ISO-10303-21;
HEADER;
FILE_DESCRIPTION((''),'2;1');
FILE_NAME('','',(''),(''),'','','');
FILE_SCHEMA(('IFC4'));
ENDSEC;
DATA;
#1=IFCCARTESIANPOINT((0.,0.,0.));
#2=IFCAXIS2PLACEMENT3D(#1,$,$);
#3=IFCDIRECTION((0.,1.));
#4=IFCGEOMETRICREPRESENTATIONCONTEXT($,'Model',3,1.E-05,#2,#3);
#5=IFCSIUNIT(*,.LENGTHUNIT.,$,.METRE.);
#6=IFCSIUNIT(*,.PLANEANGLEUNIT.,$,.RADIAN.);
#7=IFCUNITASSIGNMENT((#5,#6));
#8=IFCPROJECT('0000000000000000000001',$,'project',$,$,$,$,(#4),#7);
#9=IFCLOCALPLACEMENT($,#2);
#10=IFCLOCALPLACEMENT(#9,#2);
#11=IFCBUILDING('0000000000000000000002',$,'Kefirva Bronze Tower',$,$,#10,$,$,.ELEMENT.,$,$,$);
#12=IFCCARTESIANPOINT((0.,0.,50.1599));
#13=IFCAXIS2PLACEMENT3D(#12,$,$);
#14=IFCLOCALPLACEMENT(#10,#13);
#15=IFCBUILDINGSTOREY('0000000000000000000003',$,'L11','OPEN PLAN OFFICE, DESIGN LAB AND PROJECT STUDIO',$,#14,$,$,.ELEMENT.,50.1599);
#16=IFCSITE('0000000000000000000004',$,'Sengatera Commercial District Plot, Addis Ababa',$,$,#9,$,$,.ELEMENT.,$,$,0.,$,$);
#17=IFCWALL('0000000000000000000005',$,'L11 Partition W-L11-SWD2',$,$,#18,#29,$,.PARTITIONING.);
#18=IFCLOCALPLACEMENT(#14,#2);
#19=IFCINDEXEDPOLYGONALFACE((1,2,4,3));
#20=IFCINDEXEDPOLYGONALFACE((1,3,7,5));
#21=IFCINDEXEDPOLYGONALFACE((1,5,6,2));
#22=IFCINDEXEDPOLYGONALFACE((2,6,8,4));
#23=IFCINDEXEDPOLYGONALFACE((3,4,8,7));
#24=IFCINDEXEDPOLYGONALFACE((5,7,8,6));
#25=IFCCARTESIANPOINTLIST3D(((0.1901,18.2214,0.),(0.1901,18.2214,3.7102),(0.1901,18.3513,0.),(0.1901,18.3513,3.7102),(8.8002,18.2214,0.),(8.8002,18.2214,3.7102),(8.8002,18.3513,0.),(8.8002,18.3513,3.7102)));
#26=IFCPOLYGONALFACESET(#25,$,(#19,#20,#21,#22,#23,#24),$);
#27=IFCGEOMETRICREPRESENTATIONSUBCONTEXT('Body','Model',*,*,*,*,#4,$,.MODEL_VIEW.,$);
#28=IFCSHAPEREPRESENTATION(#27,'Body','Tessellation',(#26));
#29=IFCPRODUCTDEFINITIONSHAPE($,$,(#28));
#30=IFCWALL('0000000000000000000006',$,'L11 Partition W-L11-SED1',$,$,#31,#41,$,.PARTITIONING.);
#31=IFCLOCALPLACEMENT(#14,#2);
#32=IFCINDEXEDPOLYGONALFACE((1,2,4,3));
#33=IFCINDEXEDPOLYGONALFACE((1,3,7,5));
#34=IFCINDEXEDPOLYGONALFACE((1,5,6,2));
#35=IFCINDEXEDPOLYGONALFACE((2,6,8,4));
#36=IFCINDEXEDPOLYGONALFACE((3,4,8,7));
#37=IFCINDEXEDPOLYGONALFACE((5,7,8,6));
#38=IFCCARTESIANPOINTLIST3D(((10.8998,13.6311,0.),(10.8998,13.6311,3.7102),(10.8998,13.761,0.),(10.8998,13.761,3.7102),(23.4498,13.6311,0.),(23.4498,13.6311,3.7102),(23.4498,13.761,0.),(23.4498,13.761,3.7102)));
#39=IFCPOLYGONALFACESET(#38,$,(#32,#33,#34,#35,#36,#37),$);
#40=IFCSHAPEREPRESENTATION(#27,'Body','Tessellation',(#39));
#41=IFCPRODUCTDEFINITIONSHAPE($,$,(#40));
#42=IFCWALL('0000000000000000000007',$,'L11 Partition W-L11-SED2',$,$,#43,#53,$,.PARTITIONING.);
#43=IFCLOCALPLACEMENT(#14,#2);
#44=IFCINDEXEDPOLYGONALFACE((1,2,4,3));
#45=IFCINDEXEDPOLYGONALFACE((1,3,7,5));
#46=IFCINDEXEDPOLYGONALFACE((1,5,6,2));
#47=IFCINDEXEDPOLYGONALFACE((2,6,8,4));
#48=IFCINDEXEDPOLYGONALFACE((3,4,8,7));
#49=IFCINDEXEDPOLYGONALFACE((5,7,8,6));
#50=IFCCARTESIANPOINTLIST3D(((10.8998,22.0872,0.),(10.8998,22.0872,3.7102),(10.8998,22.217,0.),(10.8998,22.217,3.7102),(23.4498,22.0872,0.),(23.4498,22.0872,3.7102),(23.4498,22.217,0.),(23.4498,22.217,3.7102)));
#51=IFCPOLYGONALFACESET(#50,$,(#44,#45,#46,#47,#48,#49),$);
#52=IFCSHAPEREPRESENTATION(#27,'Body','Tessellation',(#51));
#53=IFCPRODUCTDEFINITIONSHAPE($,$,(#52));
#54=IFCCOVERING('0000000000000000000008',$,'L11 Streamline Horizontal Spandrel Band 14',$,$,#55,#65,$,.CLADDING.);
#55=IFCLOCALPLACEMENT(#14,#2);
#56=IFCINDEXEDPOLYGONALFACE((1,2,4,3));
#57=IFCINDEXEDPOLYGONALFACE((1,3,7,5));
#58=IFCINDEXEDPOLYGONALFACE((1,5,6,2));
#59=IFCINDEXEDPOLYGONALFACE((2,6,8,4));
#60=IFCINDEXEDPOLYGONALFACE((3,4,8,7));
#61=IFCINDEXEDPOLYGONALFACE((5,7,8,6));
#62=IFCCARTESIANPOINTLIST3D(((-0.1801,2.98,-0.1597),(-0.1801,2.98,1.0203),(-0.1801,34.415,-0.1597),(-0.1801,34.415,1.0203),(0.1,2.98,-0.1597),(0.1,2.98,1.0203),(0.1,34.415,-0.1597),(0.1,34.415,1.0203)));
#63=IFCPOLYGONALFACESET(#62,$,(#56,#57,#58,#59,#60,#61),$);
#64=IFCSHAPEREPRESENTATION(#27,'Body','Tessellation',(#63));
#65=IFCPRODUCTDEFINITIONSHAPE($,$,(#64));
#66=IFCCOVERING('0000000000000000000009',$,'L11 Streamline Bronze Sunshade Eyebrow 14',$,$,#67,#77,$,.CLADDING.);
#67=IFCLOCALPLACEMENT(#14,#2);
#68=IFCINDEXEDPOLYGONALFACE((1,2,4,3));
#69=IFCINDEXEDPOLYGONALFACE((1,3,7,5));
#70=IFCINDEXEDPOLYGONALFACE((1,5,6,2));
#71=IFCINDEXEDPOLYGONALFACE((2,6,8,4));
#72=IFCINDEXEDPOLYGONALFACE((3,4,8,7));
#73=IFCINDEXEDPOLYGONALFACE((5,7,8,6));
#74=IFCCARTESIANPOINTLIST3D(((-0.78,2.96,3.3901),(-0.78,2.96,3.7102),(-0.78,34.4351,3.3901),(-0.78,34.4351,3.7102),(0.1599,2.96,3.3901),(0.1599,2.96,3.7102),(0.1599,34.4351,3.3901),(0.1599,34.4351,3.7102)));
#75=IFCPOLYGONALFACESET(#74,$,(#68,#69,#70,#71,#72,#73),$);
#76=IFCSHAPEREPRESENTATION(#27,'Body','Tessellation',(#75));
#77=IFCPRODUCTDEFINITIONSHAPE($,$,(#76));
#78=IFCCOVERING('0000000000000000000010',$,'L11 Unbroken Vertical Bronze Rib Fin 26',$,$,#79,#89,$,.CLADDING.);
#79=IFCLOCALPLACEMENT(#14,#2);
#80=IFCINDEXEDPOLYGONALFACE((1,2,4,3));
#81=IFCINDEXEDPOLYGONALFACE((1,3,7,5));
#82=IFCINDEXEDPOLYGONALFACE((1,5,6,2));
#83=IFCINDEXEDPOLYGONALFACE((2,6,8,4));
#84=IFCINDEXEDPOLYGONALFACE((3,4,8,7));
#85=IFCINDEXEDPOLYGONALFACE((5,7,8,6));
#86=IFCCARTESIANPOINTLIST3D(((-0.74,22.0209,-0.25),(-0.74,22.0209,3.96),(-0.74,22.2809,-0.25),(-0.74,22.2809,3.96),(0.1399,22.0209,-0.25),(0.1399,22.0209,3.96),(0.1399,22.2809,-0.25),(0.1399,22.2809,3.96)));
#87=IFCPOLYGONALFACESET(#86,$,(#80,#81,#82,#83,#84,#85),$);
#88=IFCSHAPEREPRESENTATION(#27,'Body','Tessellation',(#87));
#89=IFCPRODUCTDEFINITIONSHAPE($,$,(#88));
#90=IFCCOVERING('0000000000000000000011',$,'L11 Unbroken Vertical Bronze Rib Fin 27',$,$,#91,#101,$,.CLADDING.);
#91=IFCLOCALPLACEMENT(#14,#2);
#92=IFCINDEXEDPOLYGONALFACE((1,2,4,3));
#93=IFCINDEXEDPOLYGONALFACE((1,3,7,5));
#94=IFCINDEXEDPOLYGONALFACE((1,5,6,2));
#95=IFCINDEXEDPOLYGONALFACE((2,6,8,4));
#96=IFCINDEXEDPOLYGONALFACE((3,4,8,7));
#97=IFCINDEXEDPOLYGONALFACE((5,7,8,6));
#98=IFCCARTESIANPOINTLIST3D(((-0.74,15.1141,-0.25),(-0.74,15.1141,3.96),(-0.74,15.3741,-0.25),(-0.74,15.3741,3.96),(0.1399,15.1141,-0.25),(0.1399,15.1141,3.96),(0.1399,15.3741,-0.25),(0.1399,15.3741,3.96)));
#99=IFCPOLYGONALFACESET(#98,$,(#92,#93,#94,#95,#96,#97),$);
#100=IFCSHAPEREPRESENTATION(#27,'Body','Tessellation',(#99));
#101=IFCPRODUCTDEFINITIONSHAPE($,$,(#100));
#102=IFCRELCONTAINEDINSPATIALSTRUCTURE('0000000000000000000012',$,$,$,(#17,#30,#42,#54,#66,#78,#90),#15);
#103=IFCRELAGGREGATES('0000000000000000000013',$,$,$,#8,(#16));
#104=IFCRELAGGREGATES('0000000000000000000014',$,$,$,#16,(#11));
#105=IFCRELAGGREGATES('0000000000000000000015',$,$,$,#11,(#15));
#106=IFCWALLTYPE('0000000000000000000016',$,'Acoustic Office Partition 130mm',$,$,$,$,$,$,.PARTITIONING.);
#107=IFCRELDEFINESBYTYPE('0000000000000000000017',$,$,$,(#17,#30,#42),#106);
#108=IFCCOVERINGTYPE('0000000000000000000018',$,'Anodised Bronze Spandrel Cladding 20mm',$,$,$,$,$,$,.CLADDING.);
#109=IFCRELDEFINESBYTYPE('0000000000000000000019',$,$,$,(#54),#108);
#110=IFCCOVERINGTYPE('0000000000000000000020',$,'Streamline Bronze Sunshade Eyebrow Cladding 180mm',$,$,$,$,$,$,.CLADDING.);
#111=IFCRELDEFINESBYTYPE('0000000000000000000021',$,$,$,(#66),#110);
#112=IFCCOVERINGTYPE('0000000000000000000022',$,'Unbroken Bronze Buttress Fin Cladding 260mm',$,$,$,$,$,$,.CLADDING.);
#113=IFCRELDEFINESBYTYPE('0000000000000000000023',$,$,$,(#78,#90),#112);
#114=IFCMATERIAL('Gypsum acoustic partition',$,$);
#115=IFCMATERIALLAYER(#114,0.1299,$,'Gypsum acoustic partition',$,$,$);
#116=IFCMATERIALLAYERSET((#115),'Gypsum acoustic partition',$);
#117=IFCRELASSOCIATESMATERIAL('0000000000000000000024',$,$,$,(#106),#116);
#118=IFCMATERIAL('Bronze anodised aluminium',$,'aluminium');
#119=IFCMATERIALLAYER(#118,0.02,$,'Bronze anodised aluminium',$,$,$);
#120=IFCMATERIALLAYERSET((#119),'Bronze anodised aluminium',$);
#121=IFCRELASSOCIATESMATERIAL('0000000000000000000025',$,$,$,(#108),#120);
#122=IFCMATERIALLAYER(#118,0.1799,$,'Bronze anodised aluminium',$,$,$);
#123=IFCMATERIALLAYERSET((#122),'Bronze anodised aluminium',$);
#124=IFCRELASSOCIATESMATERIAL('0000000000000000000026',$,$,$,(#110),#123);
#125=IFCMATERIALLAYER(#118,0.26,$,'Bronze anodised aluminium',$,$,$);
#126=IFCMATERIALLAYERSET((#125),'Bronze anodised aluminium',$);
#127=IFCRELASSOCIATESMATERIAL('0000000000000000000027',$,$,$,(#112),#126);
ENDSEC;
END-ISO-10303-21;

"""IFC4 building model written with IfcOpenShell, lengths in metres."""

from ifc_helpers import new_model, si_unit, direction, frame, frame_2d, origin, origin_2d, place, context, subcontext, project, spatial, rectangle, extrude, material, layer, layer_set, type_object, element, save


model = new_model("IFC4")

# Units and contexts
model_context = context("Model", 3, precision=1e-05, world=origin(), true_north=direction((0.0, 1.0)))
body_context = subcontext(model_context, "Body", "Model", "MODEL_VIEW")
ifc_project = project(units=[si_unit("LENGTHUNIT", "METRE"), si_unit("PLANEANGLEUNIT", "RADIAN")], contexts=[model_context])

# Site, building, storey
site_placement = place(None, origin())
site = spatial("IfcSite", under=ifc_project, at=site_placement, Name="Sengatera Commercial District Plot, Addis Ababa", CompositionType="ELEMENT", RefElevation=0.0)
building_placement = place(site_placement, origin())
building = spatial("IfcBuilding", under=site, at=building_placement, Name="Kefirva Bronze Tower", CompositionType="ELEMENT")
storey_placement = place(building_placement, frame((0.0, 0.0, 50.1599)))
storey = spatial("IfcBuildingStorey", under=building, at=storey_placement, Name="L11", Description="OPEN PLAN OFFICE, DESIGN LAB AND PROJECT STUDIO", CompositionType="ELEMENT", Elevation=50.1599)

# Shared definitions
ifc_material_1 = material(Name="Bronze anodised aluminium", Category="aluminium")

# Walls
ifc_material_2 = material(Name="Gypsum acoustic partition")
ifc_layer_1 = layer(ifc_material_2, 0.1299, Name="Gypsum acoustic partition")
ifc_layer_set_1 = layer_set([ifc_layer_1], Name="Gypsum acoustic partition")
wall_type = type_object("IfcWallType", Name="Acoustic Office Partition 130mm", PredefinedType="PARTITIONING", material=ifc_layer_set_1)
wall_placement = place(storey_placement, frame((0.1899, 18.2864, 0.0), z_axis=(0.0, 0.0, 1.0), x_axis=(1.0, 0.0, 0.0)))
element("IfcWall", 1, at=wall_placement, inside=storey, type_object=wall_type, Name="L11 Partition W-L11-SWD2", PredefinedType="PARTITIONING", context=body_context, shape_type="SweptSolid", body=[
    extrude(rectangle(XDim=8.6101, YDim=0.1299, at=frame_2d((4.3052, 0.0))), origin(), (0.0, 0.0, 1.0), 3.7102),
])
for number, where, z_axis, x_axis, name in (
    (2, (10.8999, 13.696, 0.0), (0.0, 0.0, 1.0), (1.0, 0.0, 0.0), "L11 Partition W-L11-SED1"),
    (3, (10.8999, 22.1521, 0.0), (0.0, 0.0, 1.0), (1.0, 0.0, 0.0), "L11 Partition W-L11-SED2"),
):
    element("IfcWall", number, at=place(storey_placement, frame(where, z_axis=z_axis, x_axis=x_axis)), inside=storey, type_object=wall_type, Name=name, PredefinedType="PARTITIONING", context=body_context, shape_type="SweptSolid", body=[
        extrude(rectangle(XDim=12.55, YDim=0.1299, at=frame_2d((6.2749, 0.0))), origin(), (0.0, 0.0, 1.0), 3.7102),
    ])

# Coverings
ifc_layer_2 = layer(ifc_material_1, 0.02, Name="Bronze anodised aluminium")
ifc_layer_set_2 = layer_set([ifc_layer_2], Name="Bronze anodised aluminium")
covering_type_1 = type_object("IfcCoveringType", Name="Anodised Bronze Spandrel Cladding 20mm", PredefinedType="CLADDING", material=ifc_layer_set_2)
covering_1_placement = place(storey_placement, frame((-0.04, 18.6975, -0.1597), z_axis=(0.0, 0.0, 1.0), x_axis=(0.0, -1.0, 0.0)))
element("IfcCovering", 4, at=covering_1_placement, inside=storey, type_object=covering_type_1, Name="L11 Streamline Horizontal Spandrel Band 14", PredefinedType="CLADDING", context=body_context, shape_type="SweptSolid", body=[
    extrude(rectangle(XDim=31.4351, YDim=0.28, at=origin_2d()), origin(), (0.0, 0.0, 1.0), 1.1799),
])
ifc_layer_3 = layer(ifc_material_1, 0.1799, Name="Bronze anodised aluminium")
ifc_layer_set_3 = layer_set([ifc_layer_3], Name="Bronze anodised aluminium")
covering_type_2 = type_object("IfcCoveringType", Name="Streamline Bronze Sunshade Eyebrow Cladding 180mm", PredefinedType="CLADDING", material=ifc_layer_set_3)
covering_2_placement = place(storey_placement, frame((-0.3101, 18.6975, 3.3901), z_axis=(0.0, 0.0, 1.0), x_axis=(0.0, -1.0, 0.0)))
element("IfcCovering", 5, at=covering_2_placement, inside=storey, type_object=covering_type_2, Name="L11 Streamline Bronze Sunshade Eyebrow 14", PredefinedType="CLADDING", context=body_context, shape_type="SweptSolid", body=[
    extrude(rectangle(XDim=31.4751, YDim=0.9399, at=origin_2d()), origin(), (0.0, 0.0, 1.0), 0.3201),
])
ifc_layer_4 = layer(ifc_material_1, 0.26, Name="Bronze anodised aluminium")
ifc_layer_set_4 = layer_set([ifc_layer_4], Name="Bronze anodised aluminium")
covering_type_3 = type_object("IfcCoveringType", Name="Unbroken Bronze Buttress Fin Cladding 260mm", PredefinedType="CLADDING", material=ifc_layer_set_4)
for number, where, z_axis, x_axis, name in (
    (6, (-0.3, 22.1509, -0.25), (0.0, 0.0, 1.0), (0.0, -1.0, 0.0), "L11 Unbroken Vertical Bronze Rib Fin 26"),
    (7, (-0.3, 15.2441, -0.25), (0.0, 0.0, 1.0), (0.0, -1.0, 0.0), "L11 Unbroken Vertical Bronze Rib Fin 27"),
):
    element("IfcCovering", number, at=place(storey_placement, frame(where, z_axis=z_axis, x_axis=x_axis)), inside=storey, type_object=covering_type_3, Name=name, PredefinedType="CLADDING", context=body_context, shape_type="SweptSolid", body=[
        extrude(rectangle(XDim=0.26, YDim=0.8799, at=origin_2d()), origin(), (0.0, 0.0, 1.0), 4.21),
    ])

save(model, "model.ifc")
